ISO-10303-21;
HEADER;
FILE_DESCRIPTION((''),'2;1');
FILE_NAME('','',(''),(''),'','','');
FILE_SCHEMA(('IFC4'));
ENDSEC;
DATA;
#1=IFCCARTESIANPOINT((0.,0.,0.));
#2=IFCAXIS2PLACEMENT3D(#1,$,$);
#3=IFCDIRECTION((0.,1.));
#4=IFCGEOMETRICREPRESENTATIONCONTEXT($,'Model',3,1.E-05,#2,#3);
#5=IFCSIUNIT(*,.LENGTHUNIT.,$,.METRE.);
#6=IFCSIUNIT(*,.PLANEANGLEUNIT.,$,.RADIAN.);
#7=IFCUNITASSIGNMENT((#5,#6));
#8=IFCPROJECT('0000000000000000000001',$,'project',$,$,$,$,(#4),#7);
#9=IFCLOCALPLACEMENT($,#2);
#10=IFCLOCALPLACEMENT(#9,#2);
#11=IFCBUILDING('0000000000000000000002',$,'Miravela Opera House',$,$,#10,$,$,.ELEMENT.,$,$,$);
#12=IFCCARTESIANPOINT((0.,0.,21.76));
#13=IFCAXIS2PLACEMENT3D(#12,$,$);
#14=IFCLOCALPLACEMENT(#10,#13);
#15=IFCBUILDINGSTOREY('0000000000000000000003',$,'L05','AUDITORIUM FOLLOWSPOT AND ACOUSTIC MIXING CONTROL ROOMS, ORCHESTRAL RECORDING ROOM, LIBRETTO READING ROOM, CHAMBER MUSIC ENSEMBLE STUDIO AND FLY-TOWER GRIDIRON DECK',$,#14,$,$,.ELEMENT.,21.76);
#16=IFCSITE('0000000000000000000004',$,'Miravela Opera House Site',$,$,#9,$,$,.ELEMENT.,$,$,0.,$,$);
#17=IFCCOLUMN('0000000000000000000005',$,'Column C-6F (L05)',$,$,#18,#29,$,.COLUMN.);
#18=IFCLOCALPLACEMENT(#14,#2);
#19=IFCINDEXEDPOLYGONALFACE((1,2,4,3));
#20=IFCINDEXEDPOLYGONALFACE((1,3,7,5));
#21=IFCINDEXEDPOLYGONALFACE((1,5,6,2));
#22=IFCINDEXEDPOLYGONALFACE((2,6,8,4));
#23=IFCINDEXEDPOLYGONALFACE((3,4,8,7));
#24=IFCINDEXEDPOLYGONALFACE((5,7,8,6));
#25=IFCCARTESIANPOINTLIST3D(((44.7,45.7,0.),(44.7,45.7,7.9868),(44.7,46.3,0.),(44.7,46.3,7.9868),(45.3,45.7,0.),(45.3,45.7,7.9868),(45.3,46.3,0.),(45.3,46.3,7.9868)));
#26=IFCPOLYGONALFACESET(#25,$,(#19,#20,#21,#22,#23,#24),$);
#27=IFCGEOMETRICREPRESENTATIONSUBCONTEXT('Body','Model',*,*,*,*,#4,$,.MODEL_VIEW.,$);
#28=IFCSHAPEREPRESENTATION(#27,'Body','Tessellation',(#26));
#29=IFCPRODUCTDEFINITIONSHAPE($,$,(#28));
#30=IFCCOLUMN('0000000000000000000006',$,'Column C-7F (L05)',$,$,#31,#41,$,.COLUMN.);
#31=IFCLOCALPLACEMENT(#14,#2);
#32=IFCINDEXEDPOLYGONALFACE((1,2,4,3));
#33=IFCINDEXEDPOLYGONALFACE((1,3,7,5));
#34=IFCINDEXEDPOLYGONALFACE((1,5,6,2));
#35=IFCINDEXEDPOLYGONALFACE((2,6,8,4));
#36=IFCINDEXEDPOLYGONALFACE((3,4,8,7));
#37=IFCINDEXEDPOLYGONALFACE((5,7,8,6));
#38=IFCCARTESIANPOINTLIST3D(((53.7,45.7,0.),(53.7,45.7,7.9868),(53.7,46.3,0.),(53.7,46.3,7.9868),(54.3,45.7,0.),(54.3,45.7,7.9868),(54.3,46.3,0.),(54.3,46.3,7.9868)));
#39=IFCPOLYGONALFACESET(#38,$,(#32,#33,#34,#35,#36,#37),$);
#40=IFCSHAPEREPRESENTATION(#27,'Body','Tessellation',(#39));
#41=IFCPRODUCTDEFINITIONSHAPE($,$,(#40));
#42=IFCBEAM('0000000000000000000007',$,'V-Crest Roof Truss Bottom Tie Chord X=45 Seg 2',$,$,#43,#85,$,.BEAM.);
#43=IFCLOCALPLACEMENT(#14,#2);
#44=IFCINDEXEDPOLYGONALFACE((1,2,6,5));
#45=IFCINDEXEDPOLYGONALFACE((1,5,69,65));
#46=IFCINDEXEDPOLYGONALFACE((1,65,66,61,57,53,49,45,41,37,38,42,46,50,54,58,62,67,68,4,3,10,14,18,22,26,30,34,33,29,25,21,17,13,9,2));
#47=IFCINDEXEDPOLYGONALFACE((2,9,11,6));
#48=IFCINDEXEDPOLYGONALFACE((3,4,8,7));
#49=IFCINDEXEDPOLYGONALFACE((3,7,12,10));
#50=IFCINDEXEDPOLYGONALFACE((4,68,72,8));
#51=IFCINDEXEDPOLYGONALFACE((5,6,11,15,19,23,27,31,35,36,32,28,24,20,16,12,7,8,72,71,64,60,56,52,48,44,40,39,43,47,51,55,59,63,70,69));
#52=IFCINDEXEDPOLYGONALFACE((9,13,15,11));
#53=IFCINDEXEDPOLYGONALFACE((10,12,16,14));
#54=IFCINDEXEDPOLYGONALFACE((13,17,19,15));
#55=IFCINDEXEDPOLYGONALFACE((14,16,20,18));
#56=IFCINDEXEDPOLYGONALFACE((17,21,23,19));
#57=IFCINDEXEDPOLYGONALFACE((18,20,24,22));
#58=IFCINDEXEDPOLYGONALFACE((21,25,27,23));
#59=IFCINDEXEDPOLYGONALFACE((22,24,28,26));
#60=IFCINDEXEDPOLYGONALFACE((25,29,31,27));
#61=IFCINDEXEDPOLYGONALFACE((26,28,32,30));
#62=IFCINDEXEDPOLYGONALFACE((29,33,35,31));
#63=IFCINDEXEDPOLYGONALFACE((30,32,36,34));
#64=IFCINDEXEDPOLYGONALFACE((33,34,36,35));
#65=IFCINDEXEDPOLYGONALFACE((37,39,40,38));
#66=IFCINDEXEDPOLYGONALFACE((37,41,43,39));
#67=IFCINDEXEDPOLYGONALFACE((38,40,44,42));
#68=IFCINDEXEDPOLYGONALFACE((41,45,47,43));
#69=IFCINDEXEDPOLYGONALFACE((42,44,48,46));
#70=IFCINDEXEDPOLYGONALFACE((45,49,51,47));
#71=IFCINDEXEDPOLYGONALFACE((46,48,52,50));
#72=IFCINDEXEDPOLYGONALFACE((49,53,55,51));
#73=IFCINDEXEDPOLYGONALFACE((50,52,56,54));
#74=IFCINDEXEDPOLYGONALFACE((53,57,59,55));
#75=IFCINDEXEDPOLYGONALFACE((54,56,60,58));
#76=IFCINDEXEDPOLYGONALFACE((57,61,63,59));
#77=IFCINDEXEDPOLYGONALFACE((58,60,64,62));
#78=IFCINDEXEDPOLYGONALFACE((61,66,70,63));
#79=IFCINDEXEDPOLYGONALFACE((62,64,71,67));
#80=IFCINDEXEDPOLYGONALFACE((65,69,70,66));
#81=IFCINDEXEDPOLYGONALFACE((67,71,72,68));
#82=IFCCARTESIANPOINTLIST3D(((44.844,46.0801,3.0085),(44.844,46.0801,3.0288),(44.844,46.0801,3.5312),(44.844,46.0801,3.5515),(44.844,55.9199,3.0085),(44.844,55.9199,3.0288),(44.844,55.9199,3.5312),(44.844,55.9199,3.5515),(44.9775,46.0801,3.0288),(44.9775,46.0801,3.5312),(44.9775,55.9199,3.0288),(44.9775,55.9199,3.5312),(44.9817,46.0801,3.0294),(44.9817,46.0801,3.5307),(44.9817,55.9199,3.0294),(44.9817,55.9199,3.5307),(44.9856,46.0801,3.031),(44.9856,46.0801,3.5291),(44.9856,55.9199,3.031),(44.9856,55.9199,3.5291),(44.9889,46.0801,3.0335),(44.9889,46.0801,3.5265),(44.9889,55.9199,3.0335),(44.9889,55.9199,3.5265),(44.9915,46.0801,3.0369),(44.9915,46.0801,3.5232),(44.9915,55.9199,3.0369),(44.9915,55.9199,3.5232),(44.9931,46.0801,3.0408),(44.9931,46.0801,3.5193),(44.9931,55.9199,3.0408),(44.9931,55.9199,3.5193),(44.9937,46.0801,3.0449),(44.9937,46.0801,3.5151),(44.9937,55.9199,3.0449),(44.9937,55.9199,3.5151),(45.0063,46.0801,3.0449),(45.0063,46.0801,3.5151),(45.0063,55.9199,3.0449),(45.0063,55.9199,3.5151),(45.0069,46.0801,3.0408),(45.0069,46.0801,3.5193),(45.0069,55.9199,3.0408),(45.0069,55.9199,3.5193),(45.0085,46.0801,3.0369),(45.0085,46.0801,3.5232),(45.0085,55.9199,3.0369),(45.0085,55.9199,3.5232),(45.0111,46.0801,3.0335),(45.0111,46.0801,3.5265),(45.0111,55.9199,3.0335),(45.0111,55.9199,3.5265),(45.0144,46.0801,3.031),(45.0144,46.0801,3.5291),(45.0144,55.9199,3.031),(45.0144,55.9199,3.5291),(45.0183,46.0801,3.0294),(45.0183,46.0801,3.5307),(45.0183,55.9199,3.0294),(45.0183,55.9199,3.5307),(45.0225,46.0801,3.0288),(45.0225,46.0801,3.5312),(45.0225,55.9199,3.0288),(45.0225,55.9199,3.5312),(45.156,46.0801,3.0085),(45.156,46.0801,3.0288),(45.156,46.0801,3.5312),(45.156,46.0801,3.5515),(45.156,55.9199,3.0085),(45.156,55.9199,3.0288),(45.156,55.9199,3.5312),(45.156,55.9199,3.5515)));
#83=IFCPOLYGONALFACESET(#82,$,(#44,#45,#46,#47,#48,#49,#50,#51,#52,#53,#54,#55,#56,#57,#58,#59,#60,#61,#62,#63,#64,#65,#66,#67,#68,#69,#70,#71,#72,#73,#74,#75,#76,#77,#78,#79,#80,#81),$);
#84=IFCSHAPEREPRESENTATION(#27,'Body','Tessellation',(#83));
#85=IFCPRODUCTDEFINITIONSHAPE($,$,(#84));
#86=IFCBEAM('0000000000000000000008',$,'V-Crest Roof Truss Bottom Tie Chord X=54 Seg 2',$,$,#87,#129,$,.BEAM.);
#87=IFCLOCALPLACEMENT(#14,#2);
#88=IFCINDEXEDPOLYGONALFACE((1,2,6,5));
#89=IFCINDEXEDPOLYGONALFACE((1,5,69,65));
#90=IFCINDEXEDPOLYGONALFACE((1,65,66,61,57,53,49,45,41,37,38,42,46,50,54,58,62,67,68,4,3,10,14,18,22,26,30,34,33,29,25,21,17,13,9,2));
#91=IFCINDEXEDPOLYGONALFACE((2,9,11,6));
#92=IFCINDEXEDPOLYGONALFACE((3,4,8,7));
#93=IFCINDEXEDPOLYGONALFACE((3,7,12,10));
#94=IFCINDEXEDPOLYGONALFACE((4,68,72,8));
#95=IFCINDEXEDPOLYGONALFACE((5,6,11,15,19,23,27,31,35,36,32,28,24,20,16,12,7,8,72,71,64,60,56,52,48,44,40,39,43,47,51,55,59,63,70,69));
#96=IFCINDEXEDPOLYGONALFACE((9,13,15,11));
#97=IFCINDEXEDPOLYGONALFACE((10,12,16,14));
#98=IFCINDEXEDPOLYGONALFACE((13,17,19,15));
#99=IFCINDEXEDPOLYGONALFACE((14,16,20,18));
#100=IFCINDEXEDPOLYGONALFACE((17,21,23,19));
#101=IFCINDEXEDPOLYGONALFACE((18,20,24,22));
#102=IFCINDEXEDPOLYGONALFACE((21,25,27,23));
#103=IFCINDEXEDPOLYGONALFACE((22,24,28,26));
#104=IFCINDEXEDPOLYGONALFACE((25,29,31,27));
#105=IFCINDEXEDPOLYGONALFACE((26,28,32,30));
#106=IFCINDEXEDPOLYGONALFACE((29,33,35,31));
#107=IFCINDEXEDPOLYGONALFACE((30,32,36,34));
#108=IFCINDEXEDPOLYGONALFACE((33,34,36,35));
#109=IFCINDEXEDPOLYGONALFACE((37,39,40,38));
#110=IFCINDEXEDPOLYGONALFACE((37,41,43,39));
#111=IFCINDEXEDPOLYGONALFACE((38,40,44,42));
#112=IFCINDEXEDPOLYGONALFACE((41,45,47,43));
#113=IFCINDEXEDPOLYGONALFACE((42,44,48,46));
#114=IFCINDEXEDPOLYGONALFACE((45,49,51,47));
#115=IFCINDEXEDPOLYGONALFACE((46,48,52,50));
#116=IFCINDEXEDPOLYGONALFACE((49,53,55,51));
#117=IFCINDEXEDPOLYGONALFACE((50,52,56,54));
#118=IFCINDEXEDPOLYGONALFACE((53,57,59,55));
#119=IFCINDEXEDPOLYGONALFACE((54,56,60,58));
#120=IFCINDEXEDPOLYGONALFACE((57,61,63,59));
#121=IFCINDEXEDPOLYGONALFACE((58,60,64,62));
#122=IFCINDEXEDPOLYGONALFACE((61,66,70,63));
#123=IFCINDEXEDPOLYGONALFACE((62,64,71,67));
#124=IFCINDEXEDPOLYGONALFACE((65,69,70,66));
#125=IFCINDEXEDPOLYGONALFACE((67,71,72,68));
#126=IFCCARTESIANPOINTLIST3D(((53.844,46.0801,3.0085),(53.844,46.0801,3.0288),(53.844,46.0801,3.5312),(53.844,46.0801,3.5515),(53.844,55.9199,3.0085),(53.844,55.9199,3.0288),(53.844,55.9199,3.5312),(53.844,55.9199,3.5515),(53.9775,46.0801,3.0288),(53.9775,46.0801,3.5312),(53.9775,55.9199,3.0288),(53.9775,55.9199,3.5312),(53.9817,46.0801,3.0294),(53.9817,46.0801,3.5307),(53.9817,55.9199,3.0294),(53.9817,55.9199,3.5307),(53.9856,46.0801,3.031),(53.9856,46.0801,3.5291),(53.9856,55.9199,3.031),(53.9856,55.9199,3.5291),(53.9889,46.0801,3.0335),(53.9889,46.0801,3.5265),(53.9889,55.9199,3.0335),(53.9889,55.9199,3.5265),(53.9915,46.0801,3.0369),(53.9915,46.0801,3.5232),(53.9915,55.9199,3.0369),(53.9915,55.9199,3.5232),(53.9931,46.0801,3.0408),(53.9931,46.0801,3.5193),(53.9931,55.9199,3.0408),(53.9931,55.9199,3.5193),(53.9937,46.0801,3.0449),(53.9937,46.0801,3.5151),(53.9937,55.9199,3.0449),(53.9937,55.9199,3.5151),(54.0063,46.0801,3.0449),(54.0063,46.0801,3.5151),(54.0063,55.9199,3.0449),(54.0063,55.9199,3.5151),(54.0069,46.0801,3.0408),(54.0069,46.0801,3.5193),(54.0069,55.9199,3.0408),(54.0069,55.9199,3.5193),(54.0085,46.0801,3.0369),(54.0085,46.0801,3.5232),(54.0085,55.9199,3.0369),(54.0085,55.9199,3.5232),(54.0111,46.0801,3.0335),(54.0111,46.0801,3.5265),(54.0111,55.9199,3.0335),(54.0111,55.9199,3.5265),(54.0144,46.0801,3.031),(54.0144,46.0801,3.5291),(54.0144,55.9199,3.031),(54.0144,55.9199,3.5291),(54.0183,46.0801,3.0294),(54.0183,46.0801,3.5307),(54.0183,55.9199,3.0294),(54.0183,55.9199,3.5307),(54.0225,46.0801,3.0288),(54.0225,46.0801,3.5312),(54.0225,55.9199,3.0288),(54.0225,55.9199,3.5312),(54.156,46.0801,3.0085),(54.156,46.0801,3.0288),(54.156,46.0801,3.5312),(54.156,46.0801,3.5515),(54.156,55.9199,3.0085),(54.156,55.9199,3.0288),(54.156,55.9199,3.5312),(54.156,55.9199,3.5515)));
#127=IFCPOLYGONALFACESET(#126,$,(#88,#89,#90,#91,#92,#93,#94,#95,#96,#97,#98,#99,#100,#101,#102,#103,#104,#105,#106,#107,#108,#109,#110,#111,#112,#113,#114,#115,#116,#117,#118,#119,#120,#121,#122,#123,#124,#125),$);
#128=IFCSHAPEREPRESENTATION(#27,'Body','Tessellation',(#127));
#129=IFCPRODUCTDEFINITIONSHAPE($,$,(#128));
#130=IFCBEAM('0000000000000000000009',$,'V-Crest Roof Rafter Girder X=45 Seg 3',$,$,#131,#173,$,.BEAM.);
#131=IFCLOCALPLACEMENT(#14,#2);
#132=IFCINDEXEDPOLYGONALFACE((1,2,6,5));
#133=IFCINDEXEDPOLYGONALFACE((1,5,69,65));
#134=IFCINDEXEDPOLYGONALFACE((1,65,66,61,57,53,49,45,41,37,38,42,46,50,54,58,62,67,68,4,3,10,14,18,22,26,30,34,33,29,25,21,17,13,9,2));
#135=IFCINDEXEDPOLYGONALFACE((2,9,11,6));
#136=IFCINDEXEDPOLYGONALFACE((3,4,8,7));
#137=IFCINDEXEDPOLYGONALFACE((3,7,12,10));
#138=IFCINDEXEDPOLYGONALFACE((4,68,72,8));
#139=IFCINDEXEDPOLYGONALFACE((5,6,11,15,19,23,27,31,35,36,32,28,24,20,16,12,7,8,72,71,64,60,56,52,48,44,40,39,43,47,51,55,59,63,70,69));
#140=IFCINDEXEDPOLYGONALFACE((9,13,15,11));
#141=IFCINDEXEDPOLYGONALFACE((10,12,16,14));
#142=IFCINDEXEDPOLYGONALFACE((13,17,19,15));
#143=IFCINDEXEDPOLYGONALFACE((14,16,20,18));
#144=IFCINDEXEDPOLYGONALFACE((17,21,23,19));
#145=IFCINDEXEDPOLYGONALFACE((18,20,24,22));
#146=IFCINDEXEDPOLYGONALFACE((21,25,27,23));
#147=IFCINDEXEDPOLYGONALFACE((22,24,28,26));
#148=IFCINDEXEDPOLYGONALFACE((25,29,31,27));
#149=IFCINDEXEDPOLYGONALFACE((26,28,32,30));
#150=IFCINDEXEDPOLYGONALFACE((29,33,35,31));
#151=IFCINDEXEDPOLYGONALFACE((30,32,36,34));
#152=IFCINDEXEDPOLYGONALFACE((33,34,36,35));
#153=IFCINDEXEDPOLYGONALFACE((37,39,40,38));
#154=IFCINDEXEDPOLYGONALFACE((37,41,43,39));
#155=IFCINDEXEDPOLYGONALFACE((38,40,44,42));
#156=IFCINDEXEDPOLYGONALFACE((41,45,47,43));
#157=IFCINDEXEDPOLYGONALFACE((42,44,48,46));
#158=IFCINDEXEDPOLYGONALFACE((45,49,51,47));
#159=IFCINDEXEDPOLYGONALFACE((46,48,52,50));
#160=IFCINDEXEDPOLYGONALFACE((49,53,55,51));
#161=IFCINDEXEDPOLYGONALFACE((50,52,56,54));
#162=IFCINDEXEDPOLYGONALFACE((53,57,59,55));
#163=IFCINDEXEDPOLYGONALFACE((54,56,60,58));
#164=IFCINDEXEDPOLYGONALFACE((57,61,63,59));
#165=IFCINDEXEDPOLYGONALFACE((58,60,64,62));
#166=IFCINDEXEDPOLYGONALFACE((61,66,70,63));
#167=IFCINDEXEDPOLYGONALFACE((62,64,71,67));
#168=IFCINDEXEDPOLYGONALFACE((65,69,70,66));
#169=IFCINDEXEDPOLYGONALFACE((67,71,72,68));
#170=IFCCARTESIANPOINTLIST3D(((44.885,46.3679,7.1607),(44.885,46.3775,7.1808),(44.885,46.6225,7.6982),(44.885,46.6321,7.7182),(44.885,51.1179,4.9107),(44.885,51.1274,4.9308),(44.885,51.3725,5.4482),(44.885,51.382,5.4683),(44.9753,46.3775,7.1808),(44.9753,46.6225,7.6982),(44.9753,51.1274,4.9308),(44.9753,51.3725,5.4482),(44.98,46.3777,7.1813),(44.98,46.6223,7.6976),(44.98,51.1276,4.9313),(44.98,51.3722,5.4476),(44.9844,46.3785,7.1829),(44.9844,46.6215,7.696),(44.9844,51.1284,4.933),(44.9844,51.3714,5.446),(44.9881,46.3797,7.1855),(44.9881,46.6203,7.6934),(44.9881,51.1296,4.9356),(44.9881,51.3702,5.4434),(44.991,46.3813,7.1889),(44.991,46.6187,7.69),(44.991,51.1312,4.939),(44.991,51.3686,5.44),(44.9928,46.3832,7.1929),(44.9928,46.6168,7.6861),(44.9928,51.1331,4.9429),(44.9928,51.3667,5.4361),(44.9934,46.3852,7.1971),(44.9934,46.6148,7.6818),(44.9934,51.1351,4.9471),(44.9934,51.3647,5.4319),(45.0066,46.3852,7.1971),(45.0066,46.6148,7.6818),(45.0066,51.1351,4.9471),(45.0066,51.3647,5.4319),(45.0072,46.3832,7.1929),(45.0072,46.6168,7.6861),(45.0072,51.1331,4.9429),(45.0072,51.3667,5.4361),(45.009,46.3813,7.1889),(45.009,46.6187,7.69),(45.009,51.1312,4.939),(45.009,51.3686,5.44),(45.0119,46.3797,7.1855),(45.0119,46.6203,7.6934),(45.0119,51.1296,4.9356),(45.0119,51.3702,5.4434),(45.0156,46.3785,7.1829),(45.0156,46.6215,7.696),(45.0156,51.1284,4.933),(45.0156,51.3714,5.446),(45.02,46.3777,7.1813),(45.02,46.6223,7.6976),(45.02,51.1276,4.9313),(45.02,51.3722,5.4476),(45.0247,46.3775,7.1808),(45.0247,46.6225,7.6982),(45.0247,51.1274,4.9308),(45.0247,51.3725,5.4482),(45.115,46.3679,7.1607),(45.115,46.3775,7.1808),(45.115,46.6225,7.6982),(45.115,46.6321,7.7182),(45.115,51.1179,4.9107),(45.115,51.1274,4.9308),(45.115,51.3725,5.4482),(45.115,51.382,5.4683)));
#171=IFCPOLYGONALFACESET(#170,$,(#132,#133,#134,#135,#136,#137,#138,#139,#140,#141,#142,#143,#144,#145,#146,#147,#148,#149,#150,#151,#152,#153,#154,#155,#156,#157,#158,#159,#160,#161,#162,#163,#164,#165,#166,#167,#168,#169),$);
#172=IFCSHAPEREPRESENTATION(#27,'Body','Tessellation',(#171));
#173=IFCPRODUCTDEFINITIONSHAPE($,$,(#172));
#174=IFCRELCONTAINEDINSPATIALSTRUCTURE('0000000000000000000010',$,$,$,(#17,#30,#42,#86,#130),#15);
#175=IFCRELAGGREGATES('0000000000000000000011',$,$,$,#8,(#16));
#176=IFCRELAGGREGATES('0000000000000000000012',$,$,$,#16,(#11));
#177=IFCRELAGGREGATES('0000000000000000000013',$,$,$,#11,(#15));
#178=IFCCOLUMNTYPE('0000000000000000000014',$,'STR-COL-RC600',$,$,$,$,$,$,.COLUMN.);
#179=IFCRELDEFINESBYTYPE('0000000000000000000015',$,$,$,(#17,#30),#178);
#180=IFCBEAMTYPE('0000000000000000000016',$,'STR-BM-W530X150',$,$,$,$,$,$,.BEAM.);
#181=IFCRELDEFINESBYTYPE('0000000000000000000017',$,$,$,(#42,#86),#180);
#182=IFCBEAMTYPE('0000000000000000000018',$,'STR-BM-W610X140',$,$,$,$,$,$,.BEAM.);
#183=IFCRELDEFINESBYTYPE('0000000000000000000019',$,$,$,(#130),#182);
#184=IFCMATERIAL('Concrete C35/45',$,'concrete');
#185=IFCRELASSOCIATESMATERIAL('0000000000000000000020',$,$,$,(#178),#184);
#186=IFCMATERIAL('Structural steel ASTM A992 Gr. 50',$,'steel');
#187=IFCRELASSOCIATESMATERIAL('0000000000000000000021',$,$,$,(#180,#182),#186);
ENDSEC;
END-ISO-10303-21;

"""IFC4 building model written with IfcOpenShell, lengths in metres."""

from ifc_helpers import new_model, si_unit, direction, frame, origin, origin_2d, place, context, subcontext, project, spatial, rectangle, i_section, extrude, material, material_profile, profile_set, type_object, element, save


model = new_model("IFC4")

# Units and contexts
model_context = context("Model", 3, precision=1e-05, world=origin(), true_north=direction((0.0, 1.0)))
body_context = subcontext(model_context, "Body", "Model", "MODEL_VIEW")
ifc_project = project(units=[si_unit("LENGTHUNIT", "METRE"), si_unit("PLANEANGLEUNIT", "RADIAN")], contexts=[model_context])

# Site, building, storey
site_placement = place(None, origin())
site = spatial("IfcSite", under=ifc_project, at=site_placement, Name="Miravela Opera House Site", CompositionType="ELEMENT", RefElevation=0.0)
building_placement = place(site_placement, origin())
building = spatial("IfcBuilding", under=site, at=building_placement, Name="Miravela Opera House", CompositionType="ELEMENT")
storey_placement = place(building_placement, frame((0.0, 0.0, 21.76)))
storey = spatial("IfcBuildingStorey", under=building, at=storey_placement, Name="L05", Description="AUDITORIUM FOLLOWSPOT AND ACOUSTIC MIXING CONTROL ROOMS, ORCHESTRAL RECORDING ROOM, LIBRETTO READING ROOM, CHAMBER MUSIC ENSEMBLE STUDIO AND FLY-TOWER GRIDIRON DECK", CompositionType="ELEMENT", Elevation=21.76)

# Columns
ifc_material_1 = material(Name="Concrete C35/45", Category="concrete")
ifc_material_profile_1 = material_profile(ifc_material_1, rectangle(XDim=0.6001, YDim=0.6001, at=origin_2d()), Name="RC-COL-600X600")
ifc_profile_set_1 = profile_set([ifc_material_profile_1])
column_type = type_object("IfcColumnType", Name="STR-COL-RC600", PredefinedType="COLUMN", material=ifc_profile_set_1)
for number, where, z_axis, x_axis, name in (
    (1, (45.0, 46.0, 0.0), (0.0, 0.0, 1.0), (1.0, 0.0, 0.0), "Column C-6F (L05)"),
    (2, (54.0, 46.0, 0.0), (0.0, 0.0, 1.0), (1.0, 0.0, 0.0), "Column C-7F (L05)"),
):
    element("IfcColumn", number, at=place(storey_placement, frame(where, z_axis=z_axis, x_axis=x_axis)), inside=storey, type_object=column_type, Name=name, PredefinedType="COLUMN", context=body_context, shape_type="SweptSolid", body=[
        extrude(rectangle(XDim=0.6001, YDim=0.6001, at=origin_2d()), origin(), (0.0, 0.0, 1.0), 7.9868),
    ])

# Beams
ifc_material_2 = material(Name="Structural steel ASTM A992 Gr. 50", Category="steel")
ifc_material_profile_2 = material_profile(ifc_material_2, i_section(OverallWidth=0.312, OverallDepth=0.543, WebThickness=0.0127, FlangeThickness=0.0203, FilletRadius=0.0161, at=origin_2d()), Name="W530X150")
ifc_profile_set_2 = profile_set([ifc_material_profile_2])
beam_type_1 = type_object("IfcBeamType", Name="STR-BM-W530X150", PredefinedType="BEAM", material=ifc_profile_set_2)
for number, where, z_axis, x_axis, name in (
    (3, (45.0, 46.0801, 3.28), (0.0, 1.0, 0.0), (-1.0, 0.0, 0.0), "V-Crest Roof Truss Bottom Tie Chord X=45 Seg 2"),
    (4, (54.0, 46.0801, 3.28), (0.0, 1.0, 0.0), (-1.0, 0.0, 0.0), "V-Crest Roof Truss Bottom Tie Chord X=54 Seg 2"),
):
    element("IfcBeam", number, at=place(storey_placement, frame(where, z_axis=z_axis, x_axis=x_axis)), inside=storey, type_object=beam_type_1, Name=name, PredefinedType="BEAM", context=body_context, shape_type="SweptSolid", body=[
        extrude(i_section(OverallWidth=0.312, OverallDepth=0.543, WebThickness=0.0127, FlangeThickness=0.0203, FilletRadius=0.0161, at=origin_2d()), origin(), (0.0, 0.0, 1.0), 9.8398),
    ])
ifc_material_profile_3 = material_profile(ifc_material_2, i_section(OverallWidth=0.23, OverallDepth=0.6169, WebThickness=0.0132, FlangeThickness=0.0222, FilletRadius=0.0181, at=origin_2d()), Name="W610X140")
ifc_profile_set_3 = profile_set([ifc_material_profile_3])
beam_type_2 = type_object("IfcBeamType", Name="STR-BM-W610X140", PredefinedType="BEAM", material=ifc_profile_set_3)
for number, where, z_axis, x_axis, name in (
    (5, (45.0, 46.5, 7.4395), (0.0, 0.903738, -0.428086), (-1.0, 0.0, 0.0), "V-Crest Roof Rafter Girder X=45 Seg 3"),
):
    element("IfcBeam", number, at=place(storey_placement, frame(where, z_axis=z_axis, x_axis=x_axis)), inside=storey, type_object=beam_type_2, Name=name, PredefinedType="BEAM", context=body_context, shape_type="SweptSolid", body=[
        extrude(i_section(OverallWidth=0.23, OverallDepth=0.6169, WebThickness=0.0132, FlangeThickness=0.0222, FilletRadius=0.0181, at=origin_2d()), origin(), (0.0, 0.0, 1.0), 5.2559),
    ])

save(model, "model.ifc")
